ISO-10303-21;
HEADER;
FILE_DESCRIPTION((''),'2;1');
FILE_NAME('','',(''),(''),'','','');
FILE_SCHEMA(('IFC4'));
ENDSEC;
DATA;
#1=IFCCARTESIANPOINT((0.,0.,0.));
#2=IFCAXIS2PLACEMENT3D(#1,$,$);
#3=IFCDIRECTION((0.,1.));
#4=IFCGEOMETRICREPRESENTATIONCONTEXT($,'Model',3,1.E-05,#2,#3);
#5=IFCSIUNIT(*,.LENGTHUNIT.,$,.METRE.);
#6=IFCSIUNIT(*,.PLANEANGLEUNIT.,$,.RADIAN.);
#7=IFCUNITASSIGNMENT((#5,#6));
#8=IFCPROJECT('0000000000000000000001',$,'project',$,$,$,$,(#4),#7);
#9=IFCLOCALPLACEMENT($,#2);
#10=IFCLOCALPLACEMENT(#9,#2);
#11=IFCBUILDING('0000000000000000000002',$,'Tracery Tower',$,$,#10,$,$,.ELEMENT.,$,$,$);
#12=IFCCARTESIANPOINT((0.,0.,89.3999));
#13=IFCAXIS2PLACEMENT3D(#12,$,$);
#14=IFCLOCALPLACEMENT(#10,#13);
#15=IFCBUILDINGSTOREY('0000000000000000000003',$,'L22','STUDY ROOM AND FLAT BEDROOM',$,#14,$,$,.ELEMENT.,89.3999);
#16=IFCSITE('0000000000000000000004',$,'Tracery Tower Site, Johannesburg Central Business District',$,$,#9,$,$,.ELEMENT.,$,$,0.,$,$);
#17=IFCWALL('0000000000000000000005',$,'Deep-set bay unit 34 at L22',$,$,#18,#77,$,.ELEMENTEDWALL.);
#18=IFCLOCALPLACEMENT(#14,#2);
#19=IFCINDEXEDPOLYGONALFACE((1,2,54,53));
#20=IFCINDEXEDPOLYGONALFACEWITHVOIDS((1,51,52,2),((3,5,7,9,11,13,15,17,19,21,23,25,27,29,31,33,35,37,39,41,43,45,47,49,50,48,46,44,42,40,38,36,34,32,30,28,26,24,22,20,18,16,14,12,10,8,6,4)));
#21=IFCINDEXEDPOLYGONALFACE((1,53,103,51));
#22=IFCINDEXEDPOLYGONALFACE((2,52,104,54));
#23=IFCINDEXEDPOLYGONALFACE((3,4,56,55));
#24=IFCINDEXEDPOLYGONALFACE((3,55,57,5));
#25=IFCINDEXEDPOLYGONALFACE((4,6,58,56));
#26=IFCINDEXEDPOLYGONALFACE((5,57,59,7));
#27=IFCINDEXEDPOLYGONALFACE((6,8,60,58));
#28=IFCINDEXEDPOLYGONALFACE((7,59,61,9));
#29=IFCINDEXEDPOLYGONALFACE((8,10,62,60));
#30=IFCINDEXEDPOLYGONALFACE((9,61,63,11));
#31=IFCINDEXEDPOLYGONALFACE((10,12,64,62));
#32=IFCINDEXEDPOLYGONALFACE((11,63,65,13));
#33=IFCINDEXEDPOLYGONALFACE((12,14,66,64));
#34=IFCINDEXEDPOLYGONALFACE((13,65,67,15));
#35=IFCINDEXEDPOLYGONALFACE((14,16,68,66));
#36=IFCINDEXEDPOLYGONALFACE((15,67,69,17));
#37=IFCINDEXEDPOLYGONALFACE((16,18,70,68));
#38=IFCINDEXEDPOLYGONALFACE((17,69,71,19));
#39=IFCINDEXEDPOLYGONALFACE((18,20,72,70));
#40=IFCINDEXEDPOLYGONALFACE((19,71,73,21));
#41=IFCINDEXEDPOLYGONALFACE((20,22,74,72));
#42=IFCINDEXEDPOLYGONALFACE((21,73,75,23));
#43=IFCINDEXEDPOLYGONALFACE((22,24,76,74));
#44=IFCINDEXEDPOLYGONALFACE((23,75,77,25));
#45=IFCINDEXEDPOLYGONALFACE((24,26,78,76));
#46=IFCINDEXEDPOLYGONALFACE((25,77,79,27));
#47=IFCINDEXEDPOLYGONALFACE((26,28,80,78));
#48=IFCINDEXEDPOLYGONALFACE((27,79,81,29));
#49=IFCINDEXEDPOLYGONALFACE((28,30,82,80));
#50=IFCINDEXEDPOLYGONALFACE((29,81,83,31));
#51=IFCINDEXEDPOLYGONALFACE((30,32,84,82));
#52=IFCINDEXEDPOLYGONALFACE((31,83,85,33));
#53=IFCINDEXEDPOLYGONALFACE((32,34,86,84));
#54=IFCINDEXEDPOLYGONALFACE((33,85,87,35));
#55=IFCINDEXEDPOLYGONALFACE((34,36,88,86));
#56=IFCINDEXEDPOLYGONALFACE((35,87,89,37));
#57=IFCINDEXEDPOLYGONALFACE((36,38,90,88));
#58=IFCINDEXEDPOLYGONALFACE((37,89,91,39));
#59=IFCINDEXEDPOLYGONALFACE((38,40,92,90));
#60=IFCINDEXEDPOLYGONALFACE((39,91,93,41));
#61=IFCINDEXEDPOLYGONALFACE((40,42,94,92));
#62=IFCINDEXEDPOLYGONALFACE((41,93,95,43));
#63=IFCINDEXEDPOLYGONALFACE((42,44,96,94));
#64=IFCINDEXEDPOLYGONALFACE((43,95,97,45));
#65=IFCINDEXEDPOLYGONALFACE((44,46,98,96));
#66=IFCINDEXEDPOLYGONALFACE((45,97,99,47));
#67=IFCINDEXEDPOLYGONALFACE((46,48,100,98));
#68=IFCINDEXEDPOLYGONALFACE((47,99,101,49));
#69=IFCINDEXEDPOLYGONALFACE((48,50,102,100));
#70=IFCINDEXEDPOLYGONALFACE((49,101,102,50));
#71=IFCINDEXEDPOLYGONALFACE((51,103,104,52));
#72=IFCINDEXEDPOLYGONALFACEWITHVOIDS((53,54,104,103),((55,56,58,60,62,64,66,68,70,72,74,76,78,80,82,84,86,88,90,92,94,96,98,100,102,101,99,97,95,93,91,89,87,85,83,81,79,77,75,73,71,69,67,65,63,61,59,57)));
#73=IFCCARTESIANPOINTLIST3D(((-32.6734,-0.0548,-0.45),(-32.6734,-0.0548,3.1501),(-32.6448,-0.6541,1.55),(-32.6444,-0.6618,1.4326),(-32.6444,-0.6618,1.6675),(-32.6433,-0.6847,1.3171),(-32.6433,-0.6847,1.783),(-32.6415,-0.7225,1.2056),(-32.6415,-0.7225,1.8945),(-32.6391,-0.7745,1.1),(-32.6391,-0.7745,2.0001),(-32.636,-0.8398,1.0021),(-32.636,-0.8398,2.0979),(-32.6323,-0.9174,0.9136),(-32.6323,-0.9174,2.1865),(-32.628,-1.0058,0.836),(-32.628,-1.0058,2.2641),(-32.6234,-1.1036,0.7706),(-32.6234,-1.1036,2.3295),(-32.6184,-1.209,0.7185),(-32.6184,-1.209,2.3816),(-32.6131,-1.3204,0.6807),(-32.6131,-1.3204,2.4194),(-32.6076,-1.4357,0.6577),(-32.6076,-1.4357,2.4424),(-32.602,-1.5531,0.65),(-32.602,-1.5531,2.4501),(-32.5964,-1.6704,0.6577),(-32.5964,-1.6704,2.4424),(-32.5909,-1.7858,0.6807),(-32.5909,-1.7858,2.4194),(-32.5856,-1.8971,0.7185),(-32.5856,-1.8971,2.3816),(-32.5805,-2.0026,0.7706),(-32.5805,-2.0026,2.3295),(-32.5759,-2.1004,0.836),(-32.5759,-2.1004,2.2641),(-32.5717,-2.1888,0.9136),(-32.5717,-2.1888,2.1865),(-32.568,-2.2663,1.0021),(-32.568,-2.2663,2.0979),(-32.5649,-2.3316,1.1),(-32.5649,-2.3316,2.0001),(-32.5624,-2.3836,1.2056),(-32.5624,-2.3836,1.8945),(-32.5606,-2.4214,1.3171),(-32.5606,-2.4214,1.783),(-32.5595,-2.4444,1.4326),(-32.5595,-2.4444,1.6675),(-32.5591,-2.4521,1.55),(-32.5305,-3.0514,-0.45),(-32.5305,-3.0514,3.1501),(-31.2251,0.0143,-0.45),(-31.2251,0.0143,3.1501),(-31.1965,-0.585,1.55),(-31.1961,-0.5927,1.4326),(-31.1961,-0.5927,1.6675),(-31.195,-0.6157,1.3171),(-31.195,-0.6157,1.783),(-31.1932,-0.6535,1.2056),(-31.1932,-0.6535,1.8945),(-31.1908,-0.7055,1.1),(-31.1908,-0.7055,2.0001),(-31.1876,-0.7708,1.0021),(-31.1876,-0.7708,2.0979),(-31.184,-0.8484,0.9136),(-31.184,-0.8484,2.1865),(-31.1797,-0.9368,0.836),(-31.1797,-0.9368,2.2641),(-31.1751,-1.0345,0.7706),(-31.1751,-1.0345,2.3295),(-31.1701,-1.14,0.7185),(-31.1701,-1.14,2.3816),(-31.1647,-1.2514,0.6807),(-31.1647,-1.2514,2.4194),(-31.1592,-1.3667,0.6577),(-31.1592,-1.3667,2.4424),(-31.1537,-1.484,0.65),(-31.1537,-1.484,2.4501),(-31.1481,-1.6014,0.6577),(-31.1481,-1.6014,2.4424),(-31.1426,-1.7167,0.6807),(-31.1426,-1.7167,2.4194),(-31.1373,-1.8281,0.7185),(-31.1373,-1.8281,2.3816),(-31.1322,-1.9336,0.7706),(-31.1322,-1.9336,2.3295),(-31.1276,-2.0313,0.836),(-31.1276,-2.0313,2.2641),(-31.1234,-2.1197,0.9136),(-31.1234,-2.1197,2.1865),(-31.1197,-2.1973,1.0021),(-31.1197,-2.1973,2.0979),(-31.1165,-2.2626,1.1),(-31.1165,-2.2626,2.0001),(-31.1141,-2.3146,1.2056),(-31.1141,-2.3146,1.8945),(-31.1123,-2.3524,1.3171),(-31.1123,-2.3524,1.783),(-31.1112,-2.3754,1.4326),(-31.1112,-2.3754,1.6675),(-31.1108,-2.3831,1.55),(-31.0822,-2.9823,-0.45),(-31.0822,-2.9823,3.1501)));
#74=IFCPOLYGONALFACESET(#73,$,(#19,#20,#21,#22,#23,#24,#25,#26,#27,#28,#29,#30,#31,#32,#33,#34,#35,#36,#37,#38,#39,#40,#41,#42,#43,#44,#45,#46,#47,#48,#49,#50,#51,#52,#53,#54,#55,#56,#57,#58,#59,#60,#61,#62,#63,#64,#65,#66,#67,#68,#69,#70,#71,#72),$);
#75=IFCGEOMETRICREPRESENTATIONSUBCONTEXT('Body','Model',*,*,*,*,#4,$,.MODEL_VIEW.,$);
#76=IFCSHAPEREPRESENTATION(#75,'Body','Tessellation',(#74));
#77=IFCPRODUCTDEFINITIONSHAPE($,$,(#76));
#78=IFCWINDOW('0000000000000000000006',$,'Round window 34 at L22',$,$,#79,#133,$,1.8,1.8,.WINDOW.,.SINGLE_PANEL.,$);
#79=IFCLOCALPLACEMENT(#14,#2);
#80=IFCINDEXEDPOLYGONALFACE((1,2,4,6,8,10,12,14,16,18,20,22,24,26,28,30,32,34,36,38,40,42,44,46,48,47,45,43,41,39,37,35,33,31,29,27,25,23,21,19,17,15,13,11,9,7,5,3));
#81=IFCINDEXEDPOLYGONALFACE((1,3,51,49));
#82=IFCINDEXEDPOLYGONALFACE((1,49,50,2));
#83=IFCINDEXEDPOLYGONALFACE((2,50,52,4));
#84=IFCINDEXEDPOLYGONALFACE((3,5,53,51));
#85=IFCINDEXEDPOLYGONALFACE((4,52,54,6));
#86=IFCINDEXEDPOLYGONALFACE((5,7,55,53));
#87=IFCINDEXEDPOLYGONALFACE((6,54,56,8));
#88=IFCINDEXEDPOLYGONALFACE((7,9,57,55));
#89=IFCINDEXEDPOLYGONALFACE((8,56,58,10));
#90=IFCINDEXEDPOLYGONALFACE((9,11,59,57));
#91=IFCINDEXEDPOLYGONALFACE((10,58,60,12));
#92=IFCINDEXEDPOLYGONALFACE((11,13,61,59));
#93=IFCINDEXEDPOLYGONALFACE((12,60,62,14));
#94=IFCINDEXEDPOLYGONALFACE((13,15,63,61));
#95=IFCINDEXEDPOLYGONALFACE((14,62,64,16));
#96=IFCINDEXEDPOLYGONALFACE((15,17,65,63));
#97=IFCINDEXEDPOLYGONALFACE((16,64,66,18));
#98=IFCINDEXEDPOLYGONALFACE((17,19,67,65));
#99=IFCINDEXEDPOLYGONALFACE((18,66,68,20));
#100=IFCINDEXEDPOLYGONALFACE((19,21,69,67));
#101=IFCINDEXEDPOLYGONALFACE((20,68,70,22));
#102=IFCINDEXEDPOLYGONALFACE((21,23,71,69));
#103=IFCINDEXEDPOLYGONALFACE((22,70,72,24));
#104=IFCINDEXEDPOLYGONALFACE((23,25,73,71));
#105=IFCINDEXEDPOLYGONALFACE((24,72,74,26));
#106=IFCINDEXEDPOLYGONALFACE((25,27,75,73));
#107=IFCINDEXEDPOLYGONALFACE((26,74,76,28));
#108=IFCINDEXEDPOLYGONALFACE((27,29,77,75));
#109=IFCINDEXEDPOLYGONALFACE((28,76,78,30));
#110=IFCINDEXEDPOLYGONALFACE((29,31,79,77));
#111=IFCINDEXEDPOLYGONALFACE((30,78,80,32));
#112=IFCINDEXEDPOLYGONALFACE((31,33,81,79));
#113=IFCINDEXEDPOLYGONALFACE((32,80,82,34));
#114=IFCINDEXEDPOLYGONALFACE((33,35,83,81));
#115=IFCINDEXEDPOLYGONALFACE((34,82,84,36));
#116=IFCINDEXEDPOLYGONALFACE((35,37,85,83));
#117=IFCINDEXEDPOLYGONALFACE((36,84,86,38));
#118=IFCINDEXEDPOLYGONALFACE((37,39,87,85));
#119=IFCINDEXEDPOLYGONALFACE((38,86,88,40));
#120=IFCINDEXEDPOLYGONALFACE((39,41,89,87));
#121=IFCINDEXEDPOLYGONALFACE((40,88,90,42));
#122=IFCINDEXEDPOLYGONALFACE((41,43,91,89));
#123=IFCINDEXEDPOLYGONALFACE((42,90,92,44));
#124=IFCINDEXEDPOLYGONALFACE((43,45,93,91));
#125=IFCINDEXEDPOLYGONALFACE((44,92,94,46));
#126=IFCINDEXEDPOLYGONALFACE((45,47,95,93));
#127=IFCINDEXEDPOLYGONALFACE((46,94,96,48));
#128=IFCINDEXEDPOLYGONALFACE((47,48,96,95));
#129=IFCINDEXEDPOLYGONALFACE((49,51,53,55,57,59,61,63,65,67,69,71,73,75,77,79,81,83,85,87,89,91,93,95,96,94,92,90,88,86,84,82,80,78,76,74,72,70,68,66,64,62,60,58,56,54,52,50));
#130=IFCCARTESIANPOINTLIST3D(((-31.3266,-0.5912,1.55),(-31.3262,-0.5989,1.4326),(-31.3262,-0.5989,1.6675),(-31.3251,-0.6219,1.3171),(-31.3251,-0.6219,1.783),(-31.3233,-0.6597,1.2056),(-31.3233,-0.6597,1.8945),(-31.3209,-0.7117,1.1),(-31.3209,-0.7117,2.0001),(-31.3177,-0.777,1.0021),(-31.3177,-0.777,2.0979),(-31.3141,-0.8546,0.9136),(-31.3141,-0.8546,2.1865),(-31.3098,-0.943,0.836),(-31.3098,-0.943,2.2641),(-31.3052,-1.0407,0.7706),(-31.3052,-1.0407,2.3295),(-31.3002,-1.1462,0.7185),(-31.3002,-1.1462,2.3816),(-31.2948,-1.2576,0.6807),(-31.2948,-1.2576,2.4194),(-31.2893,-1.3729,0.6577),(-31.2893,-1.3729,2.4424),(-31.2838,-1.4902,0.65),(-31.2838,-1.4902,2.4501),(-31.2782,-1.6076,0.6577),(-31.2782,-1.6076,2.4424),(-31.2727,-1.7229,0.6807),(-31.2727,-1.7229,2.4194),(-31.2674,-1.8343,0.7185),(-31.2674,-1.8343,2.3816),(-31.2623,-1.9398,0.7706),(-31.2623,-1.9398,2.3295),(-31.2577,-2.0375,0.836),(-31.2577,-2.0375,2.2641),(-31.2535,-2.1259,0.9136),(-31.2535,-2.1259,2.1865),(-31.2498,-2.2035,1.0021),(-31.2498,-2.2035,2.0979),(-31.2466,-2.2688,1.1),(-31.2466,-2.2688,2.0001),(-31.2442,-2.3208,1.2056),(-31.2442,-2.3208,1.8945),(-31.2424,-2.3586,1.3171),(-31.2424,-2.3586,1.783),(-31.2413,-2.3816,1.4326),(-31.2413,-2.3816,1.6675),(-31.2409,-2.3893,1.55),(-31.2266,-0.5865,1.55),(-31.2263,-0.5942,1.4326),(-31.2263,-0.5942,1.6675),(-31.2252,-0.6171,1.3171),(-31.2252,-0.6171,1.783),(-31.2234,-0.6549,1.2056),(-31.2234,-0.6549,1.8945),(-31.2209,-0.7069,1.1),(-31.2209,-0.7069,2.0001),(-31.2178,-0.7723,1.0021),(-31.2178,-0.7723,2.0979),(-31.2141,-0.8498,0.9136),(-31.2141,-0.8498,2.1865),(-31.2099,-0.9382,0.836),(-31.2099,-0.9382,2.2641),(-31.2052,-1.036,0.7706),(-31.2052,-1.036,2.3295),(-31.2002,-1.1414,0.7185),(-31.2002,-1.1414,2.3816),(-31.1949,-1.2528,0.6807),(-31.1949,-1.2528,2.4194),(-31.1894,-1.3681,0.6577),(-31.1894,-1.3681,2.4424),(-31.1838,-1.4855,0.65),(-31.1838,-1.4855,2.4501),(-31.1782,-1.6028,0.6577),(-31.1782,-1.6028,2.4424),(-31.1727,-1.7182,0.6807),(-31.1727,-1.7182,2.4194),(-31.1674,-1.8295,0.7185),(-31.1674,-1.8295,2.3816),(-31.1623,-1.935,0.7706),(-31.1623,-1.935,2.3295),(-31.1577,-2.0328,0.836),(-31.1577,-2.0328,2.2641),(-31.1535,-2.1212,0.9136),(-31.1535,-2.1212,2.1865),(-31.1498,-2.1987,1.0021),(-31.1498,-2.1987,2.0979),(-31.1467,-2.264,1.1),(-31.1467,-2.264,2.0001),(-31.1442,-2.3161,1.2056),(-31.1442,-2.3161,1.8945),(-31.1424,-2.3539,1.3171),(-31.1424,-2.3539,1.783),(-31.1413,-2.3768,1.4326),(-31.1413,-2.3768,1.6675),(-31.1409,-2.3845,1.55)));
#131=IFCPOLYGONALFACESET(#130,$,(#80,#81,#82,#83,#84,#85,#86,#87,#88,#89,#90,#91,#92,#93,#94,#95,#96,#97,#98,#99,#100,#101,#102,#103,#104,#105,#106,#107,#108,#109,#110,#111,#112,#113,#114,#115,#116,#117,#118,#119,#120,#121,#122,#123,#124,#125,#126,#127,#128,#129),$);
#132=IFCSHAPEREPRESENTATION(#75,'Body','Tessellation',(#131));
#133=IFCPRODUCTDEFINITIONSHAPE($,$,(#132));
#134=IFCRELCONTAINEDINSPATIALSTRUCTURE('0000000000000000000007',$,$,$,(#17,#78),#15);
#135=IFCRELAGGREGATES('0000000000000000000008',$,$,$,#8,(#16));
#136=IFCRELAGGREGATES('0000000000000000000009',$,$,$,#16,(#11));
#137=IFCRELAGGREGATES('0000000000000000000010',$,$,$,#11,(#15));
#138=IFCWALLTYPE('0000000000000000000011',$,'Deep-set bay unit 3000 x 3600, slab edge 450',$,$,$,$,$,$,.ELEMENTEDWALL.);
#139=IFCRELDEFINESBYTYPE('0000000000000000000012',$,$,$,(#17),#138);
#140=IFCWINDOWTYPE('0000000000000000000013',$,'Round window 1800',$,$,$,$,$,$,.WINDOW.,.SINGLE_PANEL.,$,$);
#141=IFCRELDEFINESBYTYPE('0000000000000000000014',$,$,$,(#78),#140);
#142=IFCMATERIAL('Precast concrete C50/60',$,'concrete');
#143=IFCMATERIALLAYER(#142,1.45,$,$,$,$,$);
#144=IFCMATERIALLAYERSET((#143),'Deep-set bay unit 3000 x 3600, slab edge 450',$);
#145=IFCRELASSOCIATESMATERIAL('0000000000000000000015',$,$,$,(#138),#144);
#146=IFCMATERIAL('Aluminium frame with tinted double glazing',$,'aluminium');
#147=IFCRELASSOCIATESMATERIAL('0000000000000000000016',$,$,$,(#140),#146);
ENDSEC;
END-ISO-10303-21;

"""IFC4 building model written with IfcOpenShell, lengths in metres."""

from ifc_helpers import new_model, si_unit, direction, frame, frame_2d, origin, origin_2d, place, context, subcontext, project, spatial, rectangle, circle, extrude, material, layer, layer_set, type_object, element, fill, save


model = new_model("IFC4")

# Units and contexts
model_context = context("Model", 3, precision=1e-05, world=origin(), true_north=direction((0.0, 1.0)))
body_context = subcontext(model_context, "Body", "Model", "MODEL_VIEW")
ifc_project = project(units=[si_unit("LENGTHUNIT", "METRE"), si_unit("PLANEANGLEUNIT", "RADIAN")], contexts=[model_context])

# Site, building, storey
site_placement = place(None, origin())
site = spatial("IfcSite", under=ifc_project, at=site_placement, Name="Tracery Tower Site, Johannesburg Central Business District", CompositionType="ELEMENT", RefElevation=0.0)
building_placement = place(site_placement, origin())
building = spatial("IfcBuilding", under=site, at=building_placement, Name="Tracery Tower", CompositionType="ELEMENT")
storey_placement = place(building_placement, frame((0.0, 0.0, 89.3999)))
storey = spatial("IfcBuildingStorey", under=building, at=storey_placement, Name="L22", Description="STUDY ROOM AND FLAT BEDROOM", CompositionType="ELEMENT", Elevation=89.3999)

# Wall, opening, window
ifc_material_1 = material(Name="Precast concrete C50/60", Category="concrete")
ifc_layer_1 = layer(ifc_material_1, 1.45)
ifc_layer_set_1 = layer_set([ifc_layer_1], Name="Deep-set bay unit 3000 x 3600, slab edge 450")
wall_type_1 = type_object("IfcWallType", Name="Deep-set bay unit 3000 x 3600, slab edge 450", PredefinedType="ELEMENTEDWALL", material=ifc_layer_set_1)
wall_1_placement = place(storey_placement, frame((-31.9492, -0.0203, -0.45), z_axis=(0.0, 0.0, 1.0), x_axis=(0.047608, -0.998866, 0.0)))
wall_1 = element("IfcWall", 1, at=wall_1_placement, inside=storey, type_object=wall_type_1, Name="Deep-set bay unit 34 at L22", PredefinedType="ELEMENTEDWALL", context=body_context, shape_type="SweptSolid", body=[
    extrude(rectangle(XDim=3.0, YDim=1.45, at=frame_2d((1.5, 0.0))), origin(), (0.0, 0.0, 1.0), 3.6001),
])
opening_1_placement = place(wall_1_placement, frame((1.5, 0.0, 2.0)))
opening_1 = element("IfcOpeningElement", 2, at=opening_1_placement, cuts=wall_1, PredefinedType="OPENING", context=body_context, shape_type="SweptSolid", body=[
    extrude(circle(Radius=0.9, at=origin_2d()), frame((0.0, 0.7349, 0.0), z_axis=(0.0, -1.0, 0.0), x_axis=(1.0, 0.0, 0.0)), (0.0, 0.0, 1.0), 1.47),
])
ifc_material_2 = material(Name="Aluminium frame with tinted double glazing", Category="aluminium")
window_type = type_object("IfcWindowType", Name="Round window 1800", PartitioningType="SINGLE_PANEL", PredefinedType="WINDOW", material=ifc_material_2)
window_1_placement = place(opening_1_placement, origin())
window_1 = element("IfcWindow", 3, at=window_1_placement, inside=storey, type_object=window_type, Name="Round window 34 at L22", OverallHeight=1.8, OverallWidth=1.8, PartitioningType="SINGLE_PANEL", PredefinedType="WINDOW", context=body_context, shape_type="SweptSolid", body=[
    extrude(circle(Radius=0.9, at=origin_2d()), frame((0.0, 0.6948, 0.0), z_axis=(0.0, -1.0, 0.0), x_axis=(1.0, 0.0, 0.0)), (0.0, 0.0, 1.0), 0.1001),
])
fill(opening_1, window_1)

save(model, "model.ifc")
